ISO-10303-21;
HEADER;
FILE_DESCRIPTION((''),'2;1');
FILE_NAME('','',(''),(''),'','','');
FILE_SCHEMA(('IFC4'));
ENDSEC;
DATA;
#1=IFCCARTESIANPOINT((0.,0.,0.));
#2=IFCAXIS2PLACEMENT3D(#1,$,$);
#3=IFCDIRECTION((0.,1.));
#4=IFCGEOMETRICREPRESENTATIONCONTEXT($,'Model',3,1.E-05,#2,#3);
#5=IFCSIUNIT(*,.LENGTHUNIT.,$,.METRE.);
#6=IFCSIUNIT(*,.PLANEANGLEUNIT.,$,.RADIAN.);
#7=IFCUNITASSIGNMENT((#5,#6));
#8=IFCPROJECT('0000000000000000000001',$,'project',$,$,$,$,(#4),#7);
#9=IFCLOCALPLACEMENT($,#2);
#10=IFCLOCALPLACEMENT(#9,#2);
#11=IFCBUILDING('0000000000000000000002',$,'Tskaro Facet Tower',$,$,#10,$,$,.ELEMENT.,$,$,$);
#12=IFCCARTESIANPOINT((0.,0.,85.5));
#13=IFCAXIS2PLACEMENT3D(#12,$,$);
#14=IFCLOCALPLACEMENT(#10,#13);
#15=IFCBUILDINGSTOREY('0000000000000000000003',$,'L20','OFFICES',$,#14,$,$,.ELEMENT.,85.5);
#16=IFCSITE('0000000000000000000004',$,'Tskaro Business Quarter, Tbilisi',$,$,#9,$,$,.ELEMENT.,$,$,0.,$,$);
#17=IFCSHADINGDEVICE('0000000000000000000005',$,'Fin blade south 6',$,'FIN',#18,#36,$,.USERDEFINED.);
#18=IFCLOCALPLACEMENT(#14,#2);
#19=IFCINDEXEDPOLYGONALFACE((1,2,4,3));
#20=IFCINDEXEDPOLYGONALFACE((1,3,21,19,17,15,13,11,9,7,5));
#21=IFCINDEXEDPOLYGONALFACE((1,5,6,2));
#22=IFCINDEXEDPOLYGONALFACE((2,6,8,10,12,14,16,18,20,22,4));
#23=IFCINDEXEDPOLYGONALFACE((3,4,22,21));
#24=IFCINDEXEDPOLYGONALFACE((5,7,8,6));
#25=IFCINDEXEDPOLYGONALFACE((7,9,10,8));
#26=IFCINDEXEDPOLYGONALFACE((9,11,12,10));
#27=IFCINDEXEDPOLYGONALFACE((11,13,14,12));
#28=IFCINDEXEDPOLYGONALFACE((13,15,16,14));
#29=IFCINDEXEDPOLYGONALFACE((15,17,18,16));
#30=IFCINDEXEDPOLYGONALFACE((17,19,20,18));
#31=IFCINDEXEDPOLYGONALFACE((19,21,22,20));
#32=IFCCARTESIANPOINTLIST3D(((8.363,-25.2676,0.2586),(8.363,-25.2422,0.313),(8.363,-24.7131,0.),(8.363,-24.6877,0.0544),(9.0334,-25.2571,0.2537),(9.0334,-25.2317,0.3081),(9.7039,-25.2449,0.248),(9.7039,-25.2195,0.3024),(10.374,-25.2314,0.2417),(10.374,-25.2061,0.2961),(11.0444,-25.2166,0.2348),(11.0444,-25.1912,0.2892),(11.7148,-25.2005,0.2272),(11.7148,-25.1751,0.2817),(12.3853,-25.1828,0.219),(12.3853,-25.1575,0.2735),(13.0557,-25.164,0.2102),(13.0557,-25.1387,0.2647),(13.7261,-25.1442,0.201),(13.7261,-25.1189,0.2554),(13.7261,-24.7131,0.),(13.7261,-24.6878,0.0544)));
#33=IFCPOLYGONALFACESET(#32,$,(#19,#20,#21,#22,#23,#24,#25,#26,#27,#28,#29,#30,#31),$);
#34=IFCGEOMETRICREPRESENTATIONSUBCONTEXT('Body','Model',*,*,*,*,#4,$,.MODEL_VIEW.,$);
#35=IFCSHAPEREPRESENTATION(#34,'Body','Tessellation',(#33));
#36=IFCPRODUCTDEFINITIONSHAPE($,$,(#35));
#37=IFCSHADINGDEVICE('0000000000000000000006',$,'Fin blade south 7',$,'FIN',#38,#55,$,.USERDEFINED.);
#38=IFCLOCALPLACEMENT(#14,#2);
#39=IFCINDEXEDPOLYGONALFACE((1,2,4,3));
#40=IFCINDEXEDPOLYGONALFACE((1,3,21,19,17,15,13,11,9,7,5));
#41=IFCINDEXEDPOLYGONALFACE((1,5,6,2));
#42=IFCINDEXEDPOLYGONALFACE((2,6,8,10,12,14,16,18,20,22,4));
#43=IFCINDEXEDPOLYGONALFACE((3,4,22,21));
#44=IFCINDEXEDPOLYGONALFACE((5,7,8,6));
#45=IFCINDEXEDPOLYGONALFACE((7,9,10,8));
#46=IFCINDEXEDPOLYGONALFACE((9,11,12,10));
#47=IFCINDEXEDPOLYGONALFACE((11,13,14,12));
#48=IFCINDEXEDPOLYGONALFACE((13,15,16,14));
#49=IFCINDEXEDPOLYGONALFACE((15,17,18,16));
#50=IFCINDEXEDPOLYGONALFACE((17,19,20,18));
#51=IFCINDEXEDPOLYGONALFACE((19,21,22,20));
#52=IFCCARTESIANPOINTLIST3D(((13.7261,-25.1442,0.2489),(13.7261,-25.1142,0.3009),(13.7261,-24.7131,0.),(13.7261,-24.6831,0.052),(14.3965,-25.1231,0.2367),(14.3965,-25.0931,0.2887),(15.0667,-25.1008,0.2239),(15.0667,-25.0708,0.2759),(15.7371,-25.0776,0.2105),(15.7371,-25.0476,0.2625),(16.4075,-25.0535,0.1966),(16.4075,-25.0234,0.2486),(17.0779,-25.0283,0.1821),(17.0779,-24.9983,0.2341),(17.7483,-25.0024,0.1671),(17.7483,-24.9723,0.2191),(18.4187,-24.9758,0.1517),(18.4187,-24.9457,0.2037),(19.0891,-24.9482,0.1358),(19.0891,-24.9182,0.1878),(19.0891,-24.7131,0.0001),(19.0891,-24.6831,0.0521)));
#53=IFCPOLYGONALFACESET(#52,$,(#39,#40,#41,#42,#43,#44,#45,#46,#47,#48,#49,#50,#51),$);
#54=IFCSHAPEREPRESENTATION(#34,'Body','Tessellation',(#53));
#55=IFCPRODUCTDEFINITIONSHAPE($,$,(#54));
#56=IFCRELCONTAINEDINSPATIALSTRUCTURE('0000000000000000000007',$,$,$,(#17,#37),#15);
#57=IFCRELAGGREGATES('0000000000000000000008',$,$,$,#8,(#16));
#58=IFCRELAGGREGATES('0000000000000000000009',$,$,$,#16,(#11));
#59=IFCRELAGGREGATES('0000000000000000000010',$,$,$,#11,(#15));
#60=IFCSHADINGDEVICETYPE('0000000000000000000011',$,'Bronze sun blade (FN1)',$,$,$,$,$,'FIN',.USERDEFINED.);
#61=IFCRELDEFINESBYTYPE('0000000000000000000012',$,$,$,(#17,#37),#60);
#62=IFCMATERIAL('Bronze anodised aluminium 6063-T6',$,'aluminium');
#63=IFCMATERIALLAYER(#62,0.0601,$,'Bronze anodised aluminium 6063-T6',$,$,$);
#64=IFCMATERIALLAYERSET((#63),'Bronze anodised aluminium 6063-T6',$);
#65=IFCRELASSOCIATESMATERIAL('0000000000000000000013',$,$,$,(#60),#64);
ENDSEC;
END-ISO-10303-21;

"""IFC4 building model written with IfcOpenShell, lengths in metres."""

from ifc_helpers import new_model, si_unit, direction, frame, origin, place, context, subcontext, project, spatial, polyline, outline, extrude, material, layer, layer_set, type_object, element, save


model = new_model("IFC4")

# Units and contexts
model_context = context("Model", 3, precision=1e-05, world=origin(), true_north=direction((0.0, 1.0)))
body_context = subcontext(model_context, "Body", "Model", "MODEL_VIEW")
ifc_project = project(units=[si_unit("LENGTHUNIT", "METRE"), si_unit("PLANEANGLEUNIT", "RADIAN")], contexts=[model_context])

# Site, building, storey
site_placement = place(None, origin())
site = spatial("IfcSite", under=ifc_project, at=site_placement, Name="Tskaro Business Quarter, Tbilisi", CompositionType="ELEMENT", RefElevation=0.0)
building_placement = place(site_placement, origin())
building = spatial("IfcBuilding", under=site, at=building_placement, Name="Tskaro Facet Tower", CompositionType="ELEMENT")
storey_placement = place(building_placement, frame((0.0, 0.0, 85.5)))
storey = spatial("IfcBuildingStorey", under=building, at=storey_placement, Name="L20", Description="OFFICES", CompositionType="ELEMENT", Elevation=85.5)

# Shared definitions
ifc_material_1 = material(Name="Bronze anodised aluminium 6063-T6", Category="aluminium")

# Shading devices
ifc_layer_1 = layer(ifc_material_1, 0.0601, Name="Bronze anodised aluminium 6063-T6")
ifc_layer_set_1 = layer_set([ifc_layer_1], Name="Bronze anodised aluminium 6063-T6")
shading_device_type = type_object("IfcShadingDeviceType", Name="Bronze sun blade (FN1)", ElementType="FIN", PredefinedType="USERDEFINED", material=ifc_layer_set_1)
shading_device_1_placement = place(storey_placement, frame((8.363, -24.6877, 0.0544), z_axis=(0.000009, 0.422642, 0.906297), x_axis=(1.0, -0.000004, -0.000008)))
element("IfcShadingDevice", 1, at=shading_device_1_placement, inside=storey, type_object=shading_device_type, Name="Fin blade south 6", ObjectType="FIN", PredefinedType="USERDEFINED", context=body_context, shape_type="SweptSolid", body=[
    extrude(outline(polyline([(0.0, 0.0), (5.363, 0.0), (5.363, -0.4757), (4.6926, -0.4975), (4.0222, -0.5183), (3.3518, -0.5377), (2.6814, -0.5555), (2.011, -0.5719), (1.3408, -0.5867), (0.6704, -0.6002), (0.0, -0.6118), (0.0, 0.0)])), origin(), (0.0, 0.0, -1.0), 0.0601),
])
shading_device_2_placement = place(storey_placement, frame((13.7261, -24.6831, 0.052), z_axis=(-0.000018, 0.500055, 0.865993), x_axis=(1.0, 0.000009, 0.000015)))
element("IfcShadingDevice", 2, at=shading_device_2_placement, inside=storey, type_object=shading_device_type, Name="Fin blade south 7", ObjectType="FIN", PredefinedType="USERDEFINED", context=body_context, shape_type="SweptSolid", body=[
    extrude(outline(polyline([(0.0, 0.0), (5.363, 0.0), (5.363, -0.2715), (4.6926, -0.3033), (4.0222, -0.334), (3.3518, -0.364), (2.6814, -0.393), (2.011, -0.4209), (1.3406, -0.4477), (0.6704, -0.4734), (0.0, -0.4978), (0.0, 0.0)])), origin(), (0.0, 0.0, -1.0), 0.0601),
])

save(model, "model.ifc")
